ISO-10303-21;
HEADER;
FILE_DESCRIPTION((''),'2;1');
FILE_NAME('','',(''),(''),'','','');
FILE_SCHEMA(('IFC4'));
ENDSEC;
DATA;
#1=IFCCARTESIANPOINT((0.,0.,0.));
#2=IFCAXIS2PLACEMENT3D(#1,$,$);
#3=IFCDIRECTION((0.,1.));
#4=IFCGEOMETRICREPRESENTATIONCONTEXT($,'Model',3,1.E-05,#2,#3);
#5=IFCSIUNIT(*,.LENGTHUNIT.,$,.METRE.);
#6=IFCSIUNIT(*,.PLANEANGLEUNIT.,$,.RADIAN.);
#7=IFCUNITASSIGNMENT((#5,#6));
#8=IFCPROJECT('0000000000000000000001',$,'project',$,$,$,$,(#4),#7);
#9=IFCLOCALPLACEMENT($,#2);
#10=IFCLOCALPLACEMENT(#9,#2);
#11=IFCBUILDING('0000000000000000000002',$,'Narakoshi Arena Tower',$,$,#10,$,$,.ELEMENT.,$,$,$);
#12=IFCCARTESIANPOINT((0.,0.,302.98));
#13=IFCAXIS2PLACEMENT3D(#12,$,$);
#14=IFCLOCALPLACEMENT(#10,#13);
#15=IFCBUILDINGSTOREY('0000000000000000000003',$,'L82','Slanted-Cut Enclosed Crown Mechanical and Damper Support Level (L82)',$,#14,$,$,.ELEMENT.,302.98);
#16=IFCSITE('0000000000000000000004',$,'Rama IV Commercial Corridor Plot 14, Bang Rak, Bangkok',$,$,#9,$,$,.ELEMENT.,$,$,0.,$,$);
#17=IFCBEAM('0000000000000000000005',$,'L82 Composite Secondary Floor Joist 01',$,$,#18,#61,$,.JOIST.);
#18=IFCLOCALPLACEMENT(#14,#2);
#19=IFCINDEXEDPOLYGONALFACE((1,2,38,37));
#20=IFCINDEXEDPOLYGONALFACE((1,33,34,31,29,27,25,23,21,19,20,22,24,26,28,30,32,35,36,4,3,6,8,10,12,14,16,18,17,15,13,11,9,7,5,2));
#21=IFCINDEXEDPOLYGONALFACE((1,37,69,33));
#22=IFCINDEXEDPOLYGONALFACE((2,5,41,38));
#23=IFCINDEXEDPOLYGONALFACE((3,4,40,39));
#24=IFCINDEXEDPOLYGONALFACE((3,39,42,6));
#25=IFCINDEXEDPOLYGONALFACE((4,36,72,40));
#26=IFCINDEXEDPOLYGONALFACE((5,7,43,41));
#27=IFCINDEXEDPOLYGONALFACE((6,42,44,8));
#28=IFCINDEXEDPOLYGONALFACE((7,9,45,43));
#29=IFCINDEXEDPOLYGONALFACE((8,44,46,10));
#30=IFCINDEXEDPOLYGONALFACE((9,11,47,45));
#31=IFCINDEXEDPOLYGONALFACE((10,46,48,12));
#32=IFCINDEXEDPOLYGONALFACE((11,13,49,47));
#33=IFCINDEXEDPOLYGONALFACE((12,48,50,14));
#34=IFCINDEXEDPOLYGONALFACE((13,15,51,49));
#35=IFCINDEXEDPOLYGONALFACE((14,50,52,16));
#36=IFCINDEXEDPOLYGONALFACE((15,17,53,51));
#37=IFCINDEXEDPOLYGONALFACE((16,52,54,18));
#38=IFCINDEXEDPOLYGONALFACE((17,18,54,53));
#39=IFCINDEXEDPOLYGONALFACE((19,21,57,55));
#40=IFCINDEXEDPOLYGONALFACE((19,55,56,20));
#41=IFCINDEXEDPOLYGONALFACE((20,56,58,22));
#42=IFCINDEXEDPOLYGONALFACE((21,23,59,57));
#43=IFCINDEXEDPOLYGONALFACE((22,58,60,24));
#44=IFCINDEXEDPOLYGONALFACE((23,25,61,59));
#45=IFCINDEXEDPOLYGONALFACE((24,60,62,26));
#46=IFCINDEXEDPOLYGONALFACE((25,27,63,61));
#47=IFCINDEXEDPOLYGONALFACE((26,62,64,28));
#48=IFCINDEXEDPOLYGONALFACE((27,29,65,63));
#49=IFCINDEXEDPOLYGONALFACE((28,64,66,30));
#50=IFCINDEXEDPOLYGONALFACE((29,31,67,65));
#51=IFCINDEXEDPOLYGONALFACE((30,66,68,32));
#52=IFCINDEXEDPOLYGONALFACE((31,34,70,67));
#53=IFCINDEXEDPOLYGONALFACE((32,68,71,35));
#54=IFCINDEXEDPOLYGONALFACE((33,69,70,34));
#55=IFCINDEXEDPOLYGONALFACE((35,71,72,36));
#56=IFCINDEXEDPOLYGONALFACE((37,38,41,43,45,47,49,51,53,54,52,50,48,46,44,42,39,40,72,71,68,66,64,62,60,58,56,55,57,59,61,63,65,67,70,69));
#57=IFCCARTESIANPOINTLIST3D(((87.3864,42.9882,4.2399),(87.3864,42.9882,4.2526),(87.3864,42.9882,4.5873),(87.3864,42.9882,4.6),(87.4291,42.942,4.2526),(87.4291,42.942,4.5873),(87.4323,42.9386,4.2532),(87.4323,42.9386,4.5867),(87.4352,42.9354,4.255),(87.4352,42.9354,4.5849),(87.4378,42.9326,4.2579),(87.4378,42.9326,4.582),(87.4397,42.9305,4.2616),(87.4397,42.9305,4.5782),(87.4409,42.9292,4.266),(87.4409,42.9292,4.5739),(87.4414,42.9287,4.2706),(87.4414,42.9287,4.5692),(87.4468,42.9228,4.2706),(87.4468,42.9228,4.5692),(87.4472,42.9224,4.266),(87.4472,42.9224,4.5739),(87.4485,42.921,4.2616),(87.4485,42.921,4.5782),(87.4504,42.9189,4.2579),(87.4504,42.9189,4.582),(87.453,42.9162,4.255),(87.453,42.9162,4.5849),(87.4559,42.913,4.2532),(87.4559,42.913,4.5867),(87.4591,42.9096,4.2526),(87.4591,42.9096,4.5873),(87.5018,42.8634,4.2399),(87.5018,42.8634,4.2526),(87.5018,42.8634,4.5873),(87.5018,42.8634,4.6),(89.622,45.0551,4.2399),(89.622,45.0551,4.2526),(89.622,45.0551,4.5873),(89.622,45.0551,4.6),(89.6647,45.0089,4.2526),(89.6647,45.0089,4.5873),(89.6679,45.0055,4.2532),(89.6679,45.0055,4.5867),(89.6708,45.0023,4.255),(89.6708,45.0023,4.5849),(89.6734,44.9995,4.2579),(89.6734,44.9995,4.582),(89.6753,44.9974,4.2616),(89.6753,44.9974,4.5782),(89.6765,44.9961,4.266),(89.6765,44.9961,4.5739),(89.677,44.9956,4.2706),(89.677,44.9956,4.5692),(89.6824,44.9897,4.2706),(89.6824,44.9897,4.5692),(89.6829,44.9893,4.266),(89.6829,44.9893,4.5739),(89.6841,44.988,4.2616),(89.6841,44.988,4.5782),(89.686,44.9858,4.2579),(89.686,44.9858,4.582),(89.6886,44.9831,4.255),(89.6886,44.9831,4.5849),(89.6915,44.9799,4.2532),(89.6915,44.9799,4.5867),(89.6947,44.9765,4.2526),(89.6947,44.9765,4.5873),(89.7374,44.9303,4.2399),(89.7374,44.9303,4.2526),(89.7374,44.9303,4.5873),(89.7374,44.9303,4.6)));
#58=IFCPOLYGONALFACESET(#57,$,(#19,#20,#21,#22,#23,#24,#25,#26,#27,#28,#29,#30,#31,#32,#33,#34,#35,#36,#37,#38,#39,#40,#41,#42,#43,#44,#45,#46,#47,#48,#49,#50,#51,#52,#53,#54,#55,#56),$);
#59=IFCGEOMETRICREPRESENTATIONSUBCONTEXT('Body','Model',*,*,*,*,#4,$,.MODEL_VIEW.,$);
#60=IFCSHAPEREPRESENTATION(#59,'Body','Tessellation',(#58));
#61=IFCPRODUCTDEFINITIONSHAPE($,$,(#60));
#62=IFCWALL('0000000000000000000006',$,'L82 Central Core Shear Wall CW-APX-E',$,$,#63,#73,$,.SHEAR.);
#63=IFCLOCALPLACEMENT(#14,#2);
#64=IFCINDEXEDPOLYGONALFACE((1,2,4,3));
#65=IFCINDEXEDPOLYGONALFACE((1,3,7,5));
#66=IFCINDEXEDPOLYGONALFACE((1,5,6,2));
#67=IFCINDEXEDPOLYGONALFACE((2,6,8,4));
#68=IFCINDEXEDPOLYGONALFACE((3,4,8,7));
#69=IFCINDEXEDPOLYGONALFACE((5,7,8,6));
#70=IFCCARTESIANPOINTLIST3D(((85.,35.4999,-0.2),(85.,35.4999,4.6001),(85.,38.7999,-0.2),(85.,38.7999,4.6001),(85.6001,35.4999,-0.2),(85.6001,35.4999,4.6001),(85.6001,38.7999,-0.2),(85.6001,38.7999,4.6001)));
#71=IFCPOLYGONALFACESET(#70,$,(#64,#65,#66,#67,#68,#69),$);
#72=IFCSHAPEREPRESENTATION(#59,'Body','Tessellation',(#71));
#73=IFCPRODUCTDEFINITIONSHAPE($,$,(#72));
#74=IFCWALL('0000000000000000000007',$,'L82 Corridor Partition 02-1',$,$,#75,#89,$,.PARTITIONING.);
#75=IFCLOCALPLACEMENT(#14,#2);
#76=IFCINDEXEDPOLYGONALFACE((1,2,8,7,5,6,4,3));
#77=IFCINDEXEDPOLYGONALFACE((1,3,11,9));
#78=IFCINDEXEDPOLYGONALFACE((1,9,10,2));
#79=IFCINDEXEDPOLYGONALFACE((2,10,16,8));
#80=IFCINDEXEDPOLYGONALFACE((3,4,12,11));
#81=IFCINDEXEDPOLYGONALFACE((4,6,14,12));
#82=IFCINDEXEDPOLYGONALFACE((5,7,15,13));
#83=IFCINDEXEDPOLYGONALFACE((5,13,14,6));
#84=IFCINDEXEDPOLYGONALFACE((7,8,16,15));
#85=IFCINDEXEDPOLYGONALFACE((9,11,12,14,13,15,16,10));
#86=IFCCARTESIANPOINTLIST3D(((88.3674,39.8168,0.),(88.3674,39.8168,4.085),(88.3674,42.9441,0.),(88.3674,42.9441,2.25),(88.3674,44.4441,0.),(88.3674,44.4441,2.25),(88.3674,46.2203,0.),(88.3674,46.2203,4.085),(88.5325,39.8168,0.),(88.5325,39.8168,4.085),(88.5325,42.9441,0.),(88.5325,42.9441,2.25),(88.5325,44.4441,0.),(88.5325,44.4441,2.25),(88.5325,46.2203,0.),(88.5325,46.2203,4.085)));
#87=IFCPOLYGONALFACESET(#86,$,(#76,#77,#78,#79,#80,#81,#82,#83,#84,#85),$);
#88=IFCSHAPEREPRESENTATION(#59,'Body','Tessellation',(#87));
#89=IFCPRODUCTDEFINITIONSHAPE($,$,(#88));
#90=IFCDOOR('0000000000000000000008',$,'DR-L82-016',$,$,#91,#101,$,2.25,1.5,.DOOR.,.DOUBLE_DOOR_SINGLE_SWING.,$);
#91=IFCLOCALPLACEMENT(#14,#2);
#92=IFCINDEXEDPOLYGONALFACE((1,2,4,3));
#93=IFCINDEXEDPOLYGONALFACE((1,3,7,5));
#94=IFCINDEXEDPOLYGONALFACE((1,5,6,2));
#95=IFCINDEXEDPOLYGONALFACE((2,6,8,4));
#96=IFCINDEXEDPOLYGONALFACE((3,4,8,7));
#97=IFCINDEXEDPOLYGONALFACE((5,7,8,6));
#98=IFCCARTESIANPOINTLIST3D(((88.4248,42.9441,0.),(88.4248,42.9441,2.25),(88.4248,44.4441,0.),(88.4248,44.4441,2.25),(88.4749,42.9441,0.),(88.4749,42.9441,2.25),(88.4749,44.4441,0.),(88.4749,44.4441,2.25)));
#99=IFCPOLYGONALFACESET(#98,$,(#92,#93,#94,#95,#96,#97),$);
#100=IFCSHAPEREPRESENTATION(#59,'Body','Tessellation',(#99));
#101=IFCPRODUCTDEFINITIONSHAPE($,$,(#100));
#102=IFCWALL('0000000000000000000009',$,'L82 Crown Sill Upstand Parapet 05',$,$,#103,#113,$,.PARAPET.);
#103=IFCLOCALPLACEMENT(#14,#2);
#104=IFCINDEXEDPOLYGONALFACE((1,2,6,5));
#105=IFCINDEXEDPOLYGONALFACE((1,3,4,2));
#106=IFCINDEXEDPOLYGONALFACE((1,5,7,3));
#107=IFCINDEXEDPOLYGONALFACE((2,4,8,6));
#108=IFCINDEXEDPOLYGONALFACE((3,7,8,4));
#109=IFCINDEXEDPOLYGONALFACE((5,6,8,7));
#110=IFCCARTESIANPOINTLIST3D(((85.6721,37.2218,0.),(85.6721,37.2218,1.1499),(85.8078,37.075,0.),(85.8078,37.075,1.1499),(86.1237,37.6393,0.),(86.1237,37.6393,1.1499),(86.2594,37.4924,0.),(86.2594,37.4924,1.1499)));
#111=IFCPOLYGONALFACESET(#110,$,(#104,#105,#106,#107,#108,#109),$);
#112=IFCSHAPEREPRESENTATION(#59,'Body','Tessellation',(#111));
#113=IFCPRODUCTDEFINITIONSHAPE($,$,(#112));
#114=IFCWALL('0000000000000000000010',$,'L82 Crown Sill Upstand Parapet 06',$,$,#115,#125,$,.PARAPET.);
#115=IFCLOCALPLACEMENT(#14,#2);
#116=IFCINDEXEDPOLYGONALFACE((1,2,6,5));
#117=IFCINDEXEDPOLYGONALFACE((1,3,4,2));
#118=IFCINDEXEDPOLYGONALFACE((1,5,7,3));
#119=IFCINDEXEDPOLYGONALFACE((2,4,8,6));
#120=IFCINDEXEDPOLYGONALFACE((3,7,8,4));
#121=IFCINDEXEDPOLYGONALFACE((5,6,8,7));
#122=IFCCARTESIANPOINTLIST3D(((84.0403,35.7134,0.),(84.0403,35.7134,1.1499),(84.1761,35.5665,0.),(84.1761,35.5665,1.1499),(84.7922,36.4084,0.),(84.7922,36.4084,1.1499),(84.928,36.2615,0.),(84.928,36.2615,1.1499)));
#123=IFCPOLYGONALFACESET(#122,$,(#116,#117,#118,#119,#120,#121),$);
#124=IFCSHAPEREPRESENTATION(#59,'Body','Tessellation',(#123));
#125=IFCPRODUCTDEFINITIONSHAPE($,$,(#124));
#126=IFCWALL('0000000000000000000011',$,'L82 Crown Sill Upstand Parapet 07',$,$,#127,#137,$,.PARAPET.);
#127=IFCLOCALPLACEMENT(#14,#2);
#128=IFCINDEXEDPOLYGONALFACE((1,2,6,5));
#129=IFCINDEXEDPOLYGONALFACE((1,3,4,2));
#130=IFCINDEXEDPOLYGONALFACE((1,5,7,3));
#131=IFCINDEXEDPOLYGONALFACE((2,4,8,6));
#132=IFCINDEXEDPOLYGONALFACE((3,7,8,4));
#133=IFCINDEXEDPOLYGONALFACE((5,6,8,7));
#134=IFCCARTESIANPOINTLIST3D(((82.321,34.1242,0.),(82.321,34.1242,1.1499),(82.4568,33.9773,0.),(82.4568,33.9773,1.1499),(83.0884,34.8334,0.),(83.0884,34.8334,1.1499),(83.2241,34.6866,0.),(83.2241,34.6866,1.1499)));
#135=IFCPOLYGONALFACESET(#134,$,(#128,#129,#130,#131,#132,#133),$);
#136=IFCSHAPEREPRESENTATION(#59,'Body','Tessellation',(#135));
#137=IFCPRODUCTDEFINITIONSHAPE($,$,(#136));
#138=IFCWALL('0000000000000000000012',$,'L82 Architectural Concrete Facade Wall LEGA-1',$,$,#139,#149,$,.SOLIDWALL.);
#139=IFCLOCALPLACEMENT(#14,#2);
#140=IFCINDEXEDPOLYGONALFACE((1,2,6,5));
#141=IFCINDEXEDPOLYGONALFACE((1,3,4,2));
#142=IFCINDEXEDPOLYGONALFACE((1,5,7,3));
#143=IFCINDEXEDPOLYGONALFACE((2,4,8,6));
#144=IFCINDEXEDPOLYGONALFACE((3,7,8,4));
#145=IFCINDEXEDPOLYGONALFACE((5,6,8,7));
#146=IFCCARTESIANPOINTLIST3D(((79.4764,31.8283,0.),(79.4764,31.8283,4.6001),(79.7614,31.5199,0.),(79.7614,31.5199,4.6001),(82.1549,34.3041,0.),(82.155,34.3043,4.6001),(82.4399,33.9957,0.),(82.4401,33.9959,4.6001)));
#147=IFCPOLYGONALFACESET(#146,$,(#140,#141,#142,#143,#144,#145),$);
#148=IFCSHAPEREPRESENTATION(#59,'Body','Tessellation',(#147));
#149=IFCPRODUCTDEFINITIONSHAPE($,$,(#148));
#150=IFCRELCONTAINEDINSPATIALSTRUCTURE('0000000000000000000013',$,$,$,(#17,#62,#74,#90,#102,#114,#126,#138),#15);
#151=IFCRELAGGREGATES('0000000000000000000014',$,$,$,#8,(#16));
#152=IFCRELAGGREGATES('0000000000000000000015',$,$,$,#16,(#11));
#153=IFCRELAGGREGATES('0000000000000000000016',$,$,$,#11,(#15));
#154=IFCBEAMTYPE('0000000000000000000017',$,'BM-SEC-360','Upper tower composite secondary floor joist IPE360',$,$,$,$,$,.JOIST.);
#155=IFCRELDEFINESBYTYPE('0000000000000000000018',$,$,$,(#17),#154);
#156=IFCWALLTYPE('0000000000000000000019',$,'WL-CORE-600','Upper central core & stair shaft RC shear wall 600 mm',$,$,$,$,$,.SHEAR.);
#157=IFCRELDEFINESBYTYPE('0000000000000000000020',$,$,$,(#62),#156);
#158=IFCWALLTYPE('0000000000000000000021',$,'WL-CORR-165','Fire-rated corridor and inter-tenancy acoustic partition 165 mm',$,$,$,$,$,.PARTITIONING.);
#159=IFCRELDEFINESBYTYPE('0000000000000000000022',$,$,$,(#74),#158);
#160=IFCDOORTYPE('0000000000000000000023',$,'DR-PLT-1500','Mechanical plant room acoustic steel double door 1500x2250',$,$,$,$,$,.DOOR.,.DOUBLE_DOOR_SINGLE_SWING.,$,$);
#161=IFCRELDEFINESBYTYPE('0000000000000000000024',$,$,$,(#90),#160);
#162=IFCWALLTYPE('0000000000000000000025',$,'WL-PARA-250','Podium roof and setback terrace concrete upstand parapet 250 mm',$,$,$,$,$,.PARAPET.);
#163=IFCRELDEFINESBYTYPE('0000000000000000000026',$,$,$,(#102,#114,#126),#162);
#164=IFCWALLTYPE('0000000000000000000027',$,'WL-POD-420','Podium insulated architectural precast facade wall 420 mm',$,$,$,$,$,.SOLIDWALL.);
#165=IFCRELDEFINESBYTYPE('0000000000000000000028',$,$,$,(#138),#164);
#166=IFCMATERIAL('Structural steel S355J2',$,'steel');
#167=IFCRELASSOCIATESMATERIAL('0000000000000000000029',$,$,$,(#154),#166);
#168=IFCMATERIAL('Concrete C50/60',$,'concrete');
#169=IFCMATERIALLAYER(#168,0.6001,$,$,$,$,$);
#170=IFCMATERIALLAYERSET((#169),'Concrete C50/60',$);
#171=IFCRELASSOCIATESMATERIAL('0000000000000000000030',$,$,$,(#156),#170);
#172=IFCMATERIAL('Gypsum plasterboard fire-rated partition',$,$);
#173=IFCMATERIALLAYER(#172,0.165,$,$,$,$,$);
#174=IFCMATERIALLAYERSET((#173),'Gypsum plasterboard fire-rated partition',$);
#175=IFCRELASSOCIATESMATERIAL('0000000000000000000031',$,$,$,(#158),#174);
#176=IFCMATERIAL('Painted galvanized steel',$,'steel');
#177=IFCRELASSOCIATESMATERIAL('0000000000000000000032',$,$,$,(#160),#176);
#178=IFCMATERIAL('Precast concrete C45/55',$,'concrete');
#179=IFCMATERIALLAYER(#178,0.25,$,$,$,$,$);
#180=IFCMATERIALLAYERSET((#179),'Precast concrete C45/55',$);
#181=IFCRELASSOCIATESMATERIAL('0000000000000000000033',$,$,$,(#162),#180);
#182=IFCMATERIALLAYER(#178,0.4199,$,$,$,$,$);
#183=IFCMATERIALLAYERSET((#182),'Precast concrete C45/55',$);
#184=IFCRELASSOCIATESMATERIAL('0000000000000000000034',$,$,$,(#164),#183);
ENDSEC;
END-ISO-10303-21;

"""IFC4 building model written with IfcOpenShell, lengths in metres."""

from ifc_helpers import new_model, si_unit, direction, frame, frame_2d, origin, origin_2d, place, context, subcontext, project, spatial, polyline, rectangle, i_section, outline, extrude, material, layer, layer_set, material_profile, profile_set, type_object, element, fill, save


model = new_model("IFC4")

# Units and contexts
model_context = context("Model", 3, precision=1e-05, world=origin(), true_north=direction((0.0, 1.0)))
body_context = subcontext(model_context, "Body", "Model", "MODEL_VIEW")
ifc_project = project(units=[si_unit("LENGTHUNIT", "METRE"), si_unit("PLANEANGLEUNIT", "RADIAN")], contexts=[model_context])

# Site, building, storey
site_placement = place(None, origin())
site = spatial("IfcSite", under=ifc_project, at=site_placement, Name="Rama IV Commercial Corridor Plot 14, Bang Rak, Bangkok", CompositionType="ELEMENT", RefElevation=0.0)
building_placement = place(site_placement, origin())
building = spatial("IfcBuilding", under=site, at=building_placement, Name="Narakoshi Arena Tower", CompositionType="ELEMENT")
storey_placement = place(building_placement, frame((0.0, 0.0, 302.98)))
storey = spatial("IfcBuildingStorey", under=building, at=storey_placement, Name="L82", Description="Slanted-Cut Enclosed Crown Mechanical and Damper Support Level (L82)", CompositionType="ELEMENT", Elevation=302.98)

# Shared definitions
ifc_material_1 = material(Name="Structural steel S355J2", Category="steel")

# Beam
ifc_material_profile_1 = material_profile(ifc_material_1, i_section(OverallWidth=0.1699, OverallDepth=0.3601, WebThickness=0.0081, FlangeThickness=0.0127, FilletRadius=0.0181, at=origin_2d()), Name="IPE360")
ifc_profile_set_1 = profile_set([ifc_material_profile_1], Name="Structural steel S355J2")
beam_type_1 = type_object("IfcBeamType", Name="BM-SEC-360", Description="Upper tower composite secondary floor joist IPE360", PredefinedType="JOIST", material=ifc_profile_set_1)
beam_1_placement = place(storey_placement, frame((87.4441, 42.9258, 4.4199), z_axis=(0.734268, 0.678859, 0.0), x_axis=(-0.678859, 0.734268, 0.0)))
element("IfcBeam", 1, at=beam_1_placement, inside=storey, type_object=beam_type_1, Name="L82 Composite Secondary Floor Joist 01", PredefinedType="JOIST", context=body_context, shape_type="SweptSolid", body=[
    extrude(i_section(OverallWidth=0.1699, OverallDepth=0.3601, WebThickness=0.0081, FlangeThickness=0.0127, FilletRadius=0.0181, at=origin_2d()), origin(), (0.0, 0.0, 1.0), 3.0447),
])

# Wall
ifc_material_2 = material(Name="Concrete C50/60", Category="concrete")
ifc_layer_1 = layer(ifc_material_2, 0.6001)
ifc_layer_set_1 = layer_set([ifc_layer_1], Name="Concrete C50/60")
wall_type_1 = type_object("IfcWallType", Name="WL-CORE-600", Description="Upper central core & stair shaft RC shear wall 600 mm", PredefinedType="SHEAR", material=ifc_layer_set_1)
wall_1_placement = place(storey_placement, frame((85.3, 35.5, -0.2), z_axis=(0.0, 0.0, 1.0), x_axis=(0.0, 1.0, 0.0)))
element("IfcWall", 2, at=wall_1_placement, inside=storey, type_object=wall_type_1, Name="L82 Central Core Shear Wall CW-APX-E", PredefinedType="SHEAR", context=body_context, shape_type="SweptSolid", body=[
    extrude(rectangle(XDim=3.3, YDim=0.6001, at=frame_2d((1.6499, 0.0))), origin(), (0.0, 0.0, 1.0), 4.8),
])

# Wall, opening, door
ifc_material_3 = material(Name="Gypsum plasterboard fire-rated partition")
ifc_layer_2 = layer(ifc_material_3, 0.165)
ifc_layer_set_2 = layer_set([ifc_layer_2], Name="Gypsum plasterboard fire-rated partition")
wall_type_2 = type_object("IfcWallType", Name="WL-CORR-165", Description="Fire-rated corridor and inter-tenancy acoustic partition 165 mm", PredefinedType="PARTITIONING", material=ifc_layer_set_2)
wall_2_placement = place(storey_placement, frame((88.45, 39.8169, 0.0), z_axis=(0.0, 0.0, 1.0), x_axis=(0.0, 1.0, 0.0)))
wall_2 = element("IfcWall", 3, at=wall_2_placement, inside=storey, type_object=wall_type_2, Name="L82 Corridor Partition 02-1", PredefinedType="PARTITIONING", context=body_context, shape_type="SweptSolid", body=[
    extrude(rectangle(XDim=6.4036, YDim=0.165, at=frame_2d((3.2017, 0.0))), origin(), (0.0, 0.0, 1.0), 4.085),
])
opening_1_placement = place(wall_2_placement, frame((3.1272, 0.0, 0.0)))
opening_1 = element("IfcOpeningElement", 4, at=opening_1_placement, cuts=wall_2, PredefinedType="OPENING", context=body_context, shape_type="SweptSolid", body=[
    extrude(rectangle(XDim=1.5, YDim=2.25, at=frame_2d((0.75, 1.125))), frame((0.0, 0.0925, 0.0), z_axis=(0.0, -1.0, 0.0), x_axis=(1.0, 0.0, 0.0)), (0.0, 0.0, 1.0), 0.1851),
])
ifc_material_4 = material(Name="Painted galvanized steel", Category="steel")
door_type_1 = type_object("IfcDoorType", Name="DR-PLT-1500", Description="Mechanical plant room acoustic steel double door 1500x2250", OperationType="DOUBLE_DOOR_SINGLE_SWING", PredefinedType="DOOR", material=ifc_material_4)
door_1_placement = place(opening_1_placement, frame((1.5, 0.0, 0.0), z_axis=(0.0, 0.0, 1.0), x_axis=(-1.0, 0.0, 0.0)))
door_1 = element("IfcDoor", 5, at=door_1_placement, inside=storey, type_object=door_type_1, Name="DR-L82-016", OperationType="DOUBLE_DOOR_SINGLE_SWING", OverallHeight=2.25, OverallWidth=1.5, PredefinedType="DOOR", context=body_context, shape_type="SweptSolid", body=[
    extrude(rectangle(XDim=1.5, YDim=2.25, at=frame_2d((0.75, 1.125))), frame((0.0, 0.0249, 0.0), z_axis=(0.0, -1.0, 0.0), x_axis=(1.0, 0.0, 0.0)), (0.0, 0.0, 1.0), 0.05),
])
fill(opening_1, door_1)

# Walls
ifc_material_5 = material(Name="Precast concrete C45/55", Category="concrete")
ifc_layer_3 = layer(ifc_material_5, 0.25)
ifc_layer_set_3 = layer_set([ifc_layer_3], Name="Precast concrete C45/55")
wall_type_3 = type_object("IfcWallType", Name="WL-PARA-250", Description="Podium roof and setback terrace concrete upstand parapet 250 mm", PredefinedType="PARAPET", material=ifc_layer_set_3)
wall_3_placement = place(storey_placement, frame((86.1917, 37.5659, 0.0), z_axis=(0.0, 0.0, 1.0), x_axis=(-0.734347, -0.678775, 0.0)))
element("IfcWall", 6, at=wall_3_placement, inside=storey, type_object=wall_type_3, Name="L82 Crown Sill Upstand Parapet 05", PredefinedType="PARAPET", context=body_context, shape_type="SweptSolid", body=[
    extrude(rectangle(XDim=0.615, YDim=0.2, at=frame_2d((0.3076, 0.0))), origin(), (0.0, 0.0, 1.0), 1.1499),
])
wall_4_placement = place(storey_placement, frame((84.8601, 36.335, 0.0), z_axis=(0.0, 0.0, 1.0), x_axis=(-0.734337, -0.678785, 0.0)))
element("IfcWall", 7, at=wall_4_placement, inside=storey, type_object=wall_type_3, Name="L82 Crown Sill Upstand Parapet 06", PredefinedType="PARAPET", context=body_context, shape_type="SweptSolid", body=[
    extrude(rectangle(XDim=1.0239, YDim=0.2, at=frame_2d((0.512, 0.0))), origin(), (0.0, 0.0, 1.0), 1.1499),
])
wall_5_placement = place(storey_placement, frame((83.1562, 34.76, 0.0), z_axis=(0.0, 0.0, 1.0), x_axis=(-0.734364, -0.678755, 0.0)))
element("IfcWall", 8, at=wall_5_placement, inside=storey, type_object=wall_type_3, Name="L82 Crown Sill Upstand Parapet 07", PredefinedType="PARAPET", context=body_context, shape_type="SweptSolid", body=[
    extrude(rectangle(XDim=1.0449, YDim=0.2, at=frame_2d((0.5225, 0.0))), origin(), (0.0, 0.0, 1.0), 1.1499),
])
ifc_layer_4 = layer(ifc_material_5, 0.4199)
ifc_layer_set_4 = layer_set([ifc_layer_4], Name="Precast concrete C45/55")
wall_type_4 = type_object("IfcWallType", Name="WL-POD-420", Description="Podium insulated architectural precast facade wall 420 mm", PredefinedType="SOLIDWALL", material=ifc_layer_set_4)
wall_6_placement = place(storey_placement, frame((79.6189, 31.6741, 0.0), z_axis=(0.0, 0.0, 1.0), x_axis=(0.734339, 0.678783, 0.0)))
element("IfcWall", 9, at=wall_6_placement, inside=storey, type_object=wall_type_4, Name="L82 Architectural Concrete Facade Wall LEGA-1", PredefinedType="SOLIDWALL", context=body_context, shape_type="SweptSolid", body=[
    extrude(outline(polyline([(0.0, 0.0), (3.6475, 0.0), (3.6477, 4.6001), (0.0, 4.6001), (0.0, 0.0)])), frame((0.0, 0.21, 0.0), z_axis=(0.0, -1.0, 0.0), x_axis=(1.0, 0.0, 0.0)), (0.0, 0.0, 1.0), 0.4199),
])

save(model, "model.ifc")
